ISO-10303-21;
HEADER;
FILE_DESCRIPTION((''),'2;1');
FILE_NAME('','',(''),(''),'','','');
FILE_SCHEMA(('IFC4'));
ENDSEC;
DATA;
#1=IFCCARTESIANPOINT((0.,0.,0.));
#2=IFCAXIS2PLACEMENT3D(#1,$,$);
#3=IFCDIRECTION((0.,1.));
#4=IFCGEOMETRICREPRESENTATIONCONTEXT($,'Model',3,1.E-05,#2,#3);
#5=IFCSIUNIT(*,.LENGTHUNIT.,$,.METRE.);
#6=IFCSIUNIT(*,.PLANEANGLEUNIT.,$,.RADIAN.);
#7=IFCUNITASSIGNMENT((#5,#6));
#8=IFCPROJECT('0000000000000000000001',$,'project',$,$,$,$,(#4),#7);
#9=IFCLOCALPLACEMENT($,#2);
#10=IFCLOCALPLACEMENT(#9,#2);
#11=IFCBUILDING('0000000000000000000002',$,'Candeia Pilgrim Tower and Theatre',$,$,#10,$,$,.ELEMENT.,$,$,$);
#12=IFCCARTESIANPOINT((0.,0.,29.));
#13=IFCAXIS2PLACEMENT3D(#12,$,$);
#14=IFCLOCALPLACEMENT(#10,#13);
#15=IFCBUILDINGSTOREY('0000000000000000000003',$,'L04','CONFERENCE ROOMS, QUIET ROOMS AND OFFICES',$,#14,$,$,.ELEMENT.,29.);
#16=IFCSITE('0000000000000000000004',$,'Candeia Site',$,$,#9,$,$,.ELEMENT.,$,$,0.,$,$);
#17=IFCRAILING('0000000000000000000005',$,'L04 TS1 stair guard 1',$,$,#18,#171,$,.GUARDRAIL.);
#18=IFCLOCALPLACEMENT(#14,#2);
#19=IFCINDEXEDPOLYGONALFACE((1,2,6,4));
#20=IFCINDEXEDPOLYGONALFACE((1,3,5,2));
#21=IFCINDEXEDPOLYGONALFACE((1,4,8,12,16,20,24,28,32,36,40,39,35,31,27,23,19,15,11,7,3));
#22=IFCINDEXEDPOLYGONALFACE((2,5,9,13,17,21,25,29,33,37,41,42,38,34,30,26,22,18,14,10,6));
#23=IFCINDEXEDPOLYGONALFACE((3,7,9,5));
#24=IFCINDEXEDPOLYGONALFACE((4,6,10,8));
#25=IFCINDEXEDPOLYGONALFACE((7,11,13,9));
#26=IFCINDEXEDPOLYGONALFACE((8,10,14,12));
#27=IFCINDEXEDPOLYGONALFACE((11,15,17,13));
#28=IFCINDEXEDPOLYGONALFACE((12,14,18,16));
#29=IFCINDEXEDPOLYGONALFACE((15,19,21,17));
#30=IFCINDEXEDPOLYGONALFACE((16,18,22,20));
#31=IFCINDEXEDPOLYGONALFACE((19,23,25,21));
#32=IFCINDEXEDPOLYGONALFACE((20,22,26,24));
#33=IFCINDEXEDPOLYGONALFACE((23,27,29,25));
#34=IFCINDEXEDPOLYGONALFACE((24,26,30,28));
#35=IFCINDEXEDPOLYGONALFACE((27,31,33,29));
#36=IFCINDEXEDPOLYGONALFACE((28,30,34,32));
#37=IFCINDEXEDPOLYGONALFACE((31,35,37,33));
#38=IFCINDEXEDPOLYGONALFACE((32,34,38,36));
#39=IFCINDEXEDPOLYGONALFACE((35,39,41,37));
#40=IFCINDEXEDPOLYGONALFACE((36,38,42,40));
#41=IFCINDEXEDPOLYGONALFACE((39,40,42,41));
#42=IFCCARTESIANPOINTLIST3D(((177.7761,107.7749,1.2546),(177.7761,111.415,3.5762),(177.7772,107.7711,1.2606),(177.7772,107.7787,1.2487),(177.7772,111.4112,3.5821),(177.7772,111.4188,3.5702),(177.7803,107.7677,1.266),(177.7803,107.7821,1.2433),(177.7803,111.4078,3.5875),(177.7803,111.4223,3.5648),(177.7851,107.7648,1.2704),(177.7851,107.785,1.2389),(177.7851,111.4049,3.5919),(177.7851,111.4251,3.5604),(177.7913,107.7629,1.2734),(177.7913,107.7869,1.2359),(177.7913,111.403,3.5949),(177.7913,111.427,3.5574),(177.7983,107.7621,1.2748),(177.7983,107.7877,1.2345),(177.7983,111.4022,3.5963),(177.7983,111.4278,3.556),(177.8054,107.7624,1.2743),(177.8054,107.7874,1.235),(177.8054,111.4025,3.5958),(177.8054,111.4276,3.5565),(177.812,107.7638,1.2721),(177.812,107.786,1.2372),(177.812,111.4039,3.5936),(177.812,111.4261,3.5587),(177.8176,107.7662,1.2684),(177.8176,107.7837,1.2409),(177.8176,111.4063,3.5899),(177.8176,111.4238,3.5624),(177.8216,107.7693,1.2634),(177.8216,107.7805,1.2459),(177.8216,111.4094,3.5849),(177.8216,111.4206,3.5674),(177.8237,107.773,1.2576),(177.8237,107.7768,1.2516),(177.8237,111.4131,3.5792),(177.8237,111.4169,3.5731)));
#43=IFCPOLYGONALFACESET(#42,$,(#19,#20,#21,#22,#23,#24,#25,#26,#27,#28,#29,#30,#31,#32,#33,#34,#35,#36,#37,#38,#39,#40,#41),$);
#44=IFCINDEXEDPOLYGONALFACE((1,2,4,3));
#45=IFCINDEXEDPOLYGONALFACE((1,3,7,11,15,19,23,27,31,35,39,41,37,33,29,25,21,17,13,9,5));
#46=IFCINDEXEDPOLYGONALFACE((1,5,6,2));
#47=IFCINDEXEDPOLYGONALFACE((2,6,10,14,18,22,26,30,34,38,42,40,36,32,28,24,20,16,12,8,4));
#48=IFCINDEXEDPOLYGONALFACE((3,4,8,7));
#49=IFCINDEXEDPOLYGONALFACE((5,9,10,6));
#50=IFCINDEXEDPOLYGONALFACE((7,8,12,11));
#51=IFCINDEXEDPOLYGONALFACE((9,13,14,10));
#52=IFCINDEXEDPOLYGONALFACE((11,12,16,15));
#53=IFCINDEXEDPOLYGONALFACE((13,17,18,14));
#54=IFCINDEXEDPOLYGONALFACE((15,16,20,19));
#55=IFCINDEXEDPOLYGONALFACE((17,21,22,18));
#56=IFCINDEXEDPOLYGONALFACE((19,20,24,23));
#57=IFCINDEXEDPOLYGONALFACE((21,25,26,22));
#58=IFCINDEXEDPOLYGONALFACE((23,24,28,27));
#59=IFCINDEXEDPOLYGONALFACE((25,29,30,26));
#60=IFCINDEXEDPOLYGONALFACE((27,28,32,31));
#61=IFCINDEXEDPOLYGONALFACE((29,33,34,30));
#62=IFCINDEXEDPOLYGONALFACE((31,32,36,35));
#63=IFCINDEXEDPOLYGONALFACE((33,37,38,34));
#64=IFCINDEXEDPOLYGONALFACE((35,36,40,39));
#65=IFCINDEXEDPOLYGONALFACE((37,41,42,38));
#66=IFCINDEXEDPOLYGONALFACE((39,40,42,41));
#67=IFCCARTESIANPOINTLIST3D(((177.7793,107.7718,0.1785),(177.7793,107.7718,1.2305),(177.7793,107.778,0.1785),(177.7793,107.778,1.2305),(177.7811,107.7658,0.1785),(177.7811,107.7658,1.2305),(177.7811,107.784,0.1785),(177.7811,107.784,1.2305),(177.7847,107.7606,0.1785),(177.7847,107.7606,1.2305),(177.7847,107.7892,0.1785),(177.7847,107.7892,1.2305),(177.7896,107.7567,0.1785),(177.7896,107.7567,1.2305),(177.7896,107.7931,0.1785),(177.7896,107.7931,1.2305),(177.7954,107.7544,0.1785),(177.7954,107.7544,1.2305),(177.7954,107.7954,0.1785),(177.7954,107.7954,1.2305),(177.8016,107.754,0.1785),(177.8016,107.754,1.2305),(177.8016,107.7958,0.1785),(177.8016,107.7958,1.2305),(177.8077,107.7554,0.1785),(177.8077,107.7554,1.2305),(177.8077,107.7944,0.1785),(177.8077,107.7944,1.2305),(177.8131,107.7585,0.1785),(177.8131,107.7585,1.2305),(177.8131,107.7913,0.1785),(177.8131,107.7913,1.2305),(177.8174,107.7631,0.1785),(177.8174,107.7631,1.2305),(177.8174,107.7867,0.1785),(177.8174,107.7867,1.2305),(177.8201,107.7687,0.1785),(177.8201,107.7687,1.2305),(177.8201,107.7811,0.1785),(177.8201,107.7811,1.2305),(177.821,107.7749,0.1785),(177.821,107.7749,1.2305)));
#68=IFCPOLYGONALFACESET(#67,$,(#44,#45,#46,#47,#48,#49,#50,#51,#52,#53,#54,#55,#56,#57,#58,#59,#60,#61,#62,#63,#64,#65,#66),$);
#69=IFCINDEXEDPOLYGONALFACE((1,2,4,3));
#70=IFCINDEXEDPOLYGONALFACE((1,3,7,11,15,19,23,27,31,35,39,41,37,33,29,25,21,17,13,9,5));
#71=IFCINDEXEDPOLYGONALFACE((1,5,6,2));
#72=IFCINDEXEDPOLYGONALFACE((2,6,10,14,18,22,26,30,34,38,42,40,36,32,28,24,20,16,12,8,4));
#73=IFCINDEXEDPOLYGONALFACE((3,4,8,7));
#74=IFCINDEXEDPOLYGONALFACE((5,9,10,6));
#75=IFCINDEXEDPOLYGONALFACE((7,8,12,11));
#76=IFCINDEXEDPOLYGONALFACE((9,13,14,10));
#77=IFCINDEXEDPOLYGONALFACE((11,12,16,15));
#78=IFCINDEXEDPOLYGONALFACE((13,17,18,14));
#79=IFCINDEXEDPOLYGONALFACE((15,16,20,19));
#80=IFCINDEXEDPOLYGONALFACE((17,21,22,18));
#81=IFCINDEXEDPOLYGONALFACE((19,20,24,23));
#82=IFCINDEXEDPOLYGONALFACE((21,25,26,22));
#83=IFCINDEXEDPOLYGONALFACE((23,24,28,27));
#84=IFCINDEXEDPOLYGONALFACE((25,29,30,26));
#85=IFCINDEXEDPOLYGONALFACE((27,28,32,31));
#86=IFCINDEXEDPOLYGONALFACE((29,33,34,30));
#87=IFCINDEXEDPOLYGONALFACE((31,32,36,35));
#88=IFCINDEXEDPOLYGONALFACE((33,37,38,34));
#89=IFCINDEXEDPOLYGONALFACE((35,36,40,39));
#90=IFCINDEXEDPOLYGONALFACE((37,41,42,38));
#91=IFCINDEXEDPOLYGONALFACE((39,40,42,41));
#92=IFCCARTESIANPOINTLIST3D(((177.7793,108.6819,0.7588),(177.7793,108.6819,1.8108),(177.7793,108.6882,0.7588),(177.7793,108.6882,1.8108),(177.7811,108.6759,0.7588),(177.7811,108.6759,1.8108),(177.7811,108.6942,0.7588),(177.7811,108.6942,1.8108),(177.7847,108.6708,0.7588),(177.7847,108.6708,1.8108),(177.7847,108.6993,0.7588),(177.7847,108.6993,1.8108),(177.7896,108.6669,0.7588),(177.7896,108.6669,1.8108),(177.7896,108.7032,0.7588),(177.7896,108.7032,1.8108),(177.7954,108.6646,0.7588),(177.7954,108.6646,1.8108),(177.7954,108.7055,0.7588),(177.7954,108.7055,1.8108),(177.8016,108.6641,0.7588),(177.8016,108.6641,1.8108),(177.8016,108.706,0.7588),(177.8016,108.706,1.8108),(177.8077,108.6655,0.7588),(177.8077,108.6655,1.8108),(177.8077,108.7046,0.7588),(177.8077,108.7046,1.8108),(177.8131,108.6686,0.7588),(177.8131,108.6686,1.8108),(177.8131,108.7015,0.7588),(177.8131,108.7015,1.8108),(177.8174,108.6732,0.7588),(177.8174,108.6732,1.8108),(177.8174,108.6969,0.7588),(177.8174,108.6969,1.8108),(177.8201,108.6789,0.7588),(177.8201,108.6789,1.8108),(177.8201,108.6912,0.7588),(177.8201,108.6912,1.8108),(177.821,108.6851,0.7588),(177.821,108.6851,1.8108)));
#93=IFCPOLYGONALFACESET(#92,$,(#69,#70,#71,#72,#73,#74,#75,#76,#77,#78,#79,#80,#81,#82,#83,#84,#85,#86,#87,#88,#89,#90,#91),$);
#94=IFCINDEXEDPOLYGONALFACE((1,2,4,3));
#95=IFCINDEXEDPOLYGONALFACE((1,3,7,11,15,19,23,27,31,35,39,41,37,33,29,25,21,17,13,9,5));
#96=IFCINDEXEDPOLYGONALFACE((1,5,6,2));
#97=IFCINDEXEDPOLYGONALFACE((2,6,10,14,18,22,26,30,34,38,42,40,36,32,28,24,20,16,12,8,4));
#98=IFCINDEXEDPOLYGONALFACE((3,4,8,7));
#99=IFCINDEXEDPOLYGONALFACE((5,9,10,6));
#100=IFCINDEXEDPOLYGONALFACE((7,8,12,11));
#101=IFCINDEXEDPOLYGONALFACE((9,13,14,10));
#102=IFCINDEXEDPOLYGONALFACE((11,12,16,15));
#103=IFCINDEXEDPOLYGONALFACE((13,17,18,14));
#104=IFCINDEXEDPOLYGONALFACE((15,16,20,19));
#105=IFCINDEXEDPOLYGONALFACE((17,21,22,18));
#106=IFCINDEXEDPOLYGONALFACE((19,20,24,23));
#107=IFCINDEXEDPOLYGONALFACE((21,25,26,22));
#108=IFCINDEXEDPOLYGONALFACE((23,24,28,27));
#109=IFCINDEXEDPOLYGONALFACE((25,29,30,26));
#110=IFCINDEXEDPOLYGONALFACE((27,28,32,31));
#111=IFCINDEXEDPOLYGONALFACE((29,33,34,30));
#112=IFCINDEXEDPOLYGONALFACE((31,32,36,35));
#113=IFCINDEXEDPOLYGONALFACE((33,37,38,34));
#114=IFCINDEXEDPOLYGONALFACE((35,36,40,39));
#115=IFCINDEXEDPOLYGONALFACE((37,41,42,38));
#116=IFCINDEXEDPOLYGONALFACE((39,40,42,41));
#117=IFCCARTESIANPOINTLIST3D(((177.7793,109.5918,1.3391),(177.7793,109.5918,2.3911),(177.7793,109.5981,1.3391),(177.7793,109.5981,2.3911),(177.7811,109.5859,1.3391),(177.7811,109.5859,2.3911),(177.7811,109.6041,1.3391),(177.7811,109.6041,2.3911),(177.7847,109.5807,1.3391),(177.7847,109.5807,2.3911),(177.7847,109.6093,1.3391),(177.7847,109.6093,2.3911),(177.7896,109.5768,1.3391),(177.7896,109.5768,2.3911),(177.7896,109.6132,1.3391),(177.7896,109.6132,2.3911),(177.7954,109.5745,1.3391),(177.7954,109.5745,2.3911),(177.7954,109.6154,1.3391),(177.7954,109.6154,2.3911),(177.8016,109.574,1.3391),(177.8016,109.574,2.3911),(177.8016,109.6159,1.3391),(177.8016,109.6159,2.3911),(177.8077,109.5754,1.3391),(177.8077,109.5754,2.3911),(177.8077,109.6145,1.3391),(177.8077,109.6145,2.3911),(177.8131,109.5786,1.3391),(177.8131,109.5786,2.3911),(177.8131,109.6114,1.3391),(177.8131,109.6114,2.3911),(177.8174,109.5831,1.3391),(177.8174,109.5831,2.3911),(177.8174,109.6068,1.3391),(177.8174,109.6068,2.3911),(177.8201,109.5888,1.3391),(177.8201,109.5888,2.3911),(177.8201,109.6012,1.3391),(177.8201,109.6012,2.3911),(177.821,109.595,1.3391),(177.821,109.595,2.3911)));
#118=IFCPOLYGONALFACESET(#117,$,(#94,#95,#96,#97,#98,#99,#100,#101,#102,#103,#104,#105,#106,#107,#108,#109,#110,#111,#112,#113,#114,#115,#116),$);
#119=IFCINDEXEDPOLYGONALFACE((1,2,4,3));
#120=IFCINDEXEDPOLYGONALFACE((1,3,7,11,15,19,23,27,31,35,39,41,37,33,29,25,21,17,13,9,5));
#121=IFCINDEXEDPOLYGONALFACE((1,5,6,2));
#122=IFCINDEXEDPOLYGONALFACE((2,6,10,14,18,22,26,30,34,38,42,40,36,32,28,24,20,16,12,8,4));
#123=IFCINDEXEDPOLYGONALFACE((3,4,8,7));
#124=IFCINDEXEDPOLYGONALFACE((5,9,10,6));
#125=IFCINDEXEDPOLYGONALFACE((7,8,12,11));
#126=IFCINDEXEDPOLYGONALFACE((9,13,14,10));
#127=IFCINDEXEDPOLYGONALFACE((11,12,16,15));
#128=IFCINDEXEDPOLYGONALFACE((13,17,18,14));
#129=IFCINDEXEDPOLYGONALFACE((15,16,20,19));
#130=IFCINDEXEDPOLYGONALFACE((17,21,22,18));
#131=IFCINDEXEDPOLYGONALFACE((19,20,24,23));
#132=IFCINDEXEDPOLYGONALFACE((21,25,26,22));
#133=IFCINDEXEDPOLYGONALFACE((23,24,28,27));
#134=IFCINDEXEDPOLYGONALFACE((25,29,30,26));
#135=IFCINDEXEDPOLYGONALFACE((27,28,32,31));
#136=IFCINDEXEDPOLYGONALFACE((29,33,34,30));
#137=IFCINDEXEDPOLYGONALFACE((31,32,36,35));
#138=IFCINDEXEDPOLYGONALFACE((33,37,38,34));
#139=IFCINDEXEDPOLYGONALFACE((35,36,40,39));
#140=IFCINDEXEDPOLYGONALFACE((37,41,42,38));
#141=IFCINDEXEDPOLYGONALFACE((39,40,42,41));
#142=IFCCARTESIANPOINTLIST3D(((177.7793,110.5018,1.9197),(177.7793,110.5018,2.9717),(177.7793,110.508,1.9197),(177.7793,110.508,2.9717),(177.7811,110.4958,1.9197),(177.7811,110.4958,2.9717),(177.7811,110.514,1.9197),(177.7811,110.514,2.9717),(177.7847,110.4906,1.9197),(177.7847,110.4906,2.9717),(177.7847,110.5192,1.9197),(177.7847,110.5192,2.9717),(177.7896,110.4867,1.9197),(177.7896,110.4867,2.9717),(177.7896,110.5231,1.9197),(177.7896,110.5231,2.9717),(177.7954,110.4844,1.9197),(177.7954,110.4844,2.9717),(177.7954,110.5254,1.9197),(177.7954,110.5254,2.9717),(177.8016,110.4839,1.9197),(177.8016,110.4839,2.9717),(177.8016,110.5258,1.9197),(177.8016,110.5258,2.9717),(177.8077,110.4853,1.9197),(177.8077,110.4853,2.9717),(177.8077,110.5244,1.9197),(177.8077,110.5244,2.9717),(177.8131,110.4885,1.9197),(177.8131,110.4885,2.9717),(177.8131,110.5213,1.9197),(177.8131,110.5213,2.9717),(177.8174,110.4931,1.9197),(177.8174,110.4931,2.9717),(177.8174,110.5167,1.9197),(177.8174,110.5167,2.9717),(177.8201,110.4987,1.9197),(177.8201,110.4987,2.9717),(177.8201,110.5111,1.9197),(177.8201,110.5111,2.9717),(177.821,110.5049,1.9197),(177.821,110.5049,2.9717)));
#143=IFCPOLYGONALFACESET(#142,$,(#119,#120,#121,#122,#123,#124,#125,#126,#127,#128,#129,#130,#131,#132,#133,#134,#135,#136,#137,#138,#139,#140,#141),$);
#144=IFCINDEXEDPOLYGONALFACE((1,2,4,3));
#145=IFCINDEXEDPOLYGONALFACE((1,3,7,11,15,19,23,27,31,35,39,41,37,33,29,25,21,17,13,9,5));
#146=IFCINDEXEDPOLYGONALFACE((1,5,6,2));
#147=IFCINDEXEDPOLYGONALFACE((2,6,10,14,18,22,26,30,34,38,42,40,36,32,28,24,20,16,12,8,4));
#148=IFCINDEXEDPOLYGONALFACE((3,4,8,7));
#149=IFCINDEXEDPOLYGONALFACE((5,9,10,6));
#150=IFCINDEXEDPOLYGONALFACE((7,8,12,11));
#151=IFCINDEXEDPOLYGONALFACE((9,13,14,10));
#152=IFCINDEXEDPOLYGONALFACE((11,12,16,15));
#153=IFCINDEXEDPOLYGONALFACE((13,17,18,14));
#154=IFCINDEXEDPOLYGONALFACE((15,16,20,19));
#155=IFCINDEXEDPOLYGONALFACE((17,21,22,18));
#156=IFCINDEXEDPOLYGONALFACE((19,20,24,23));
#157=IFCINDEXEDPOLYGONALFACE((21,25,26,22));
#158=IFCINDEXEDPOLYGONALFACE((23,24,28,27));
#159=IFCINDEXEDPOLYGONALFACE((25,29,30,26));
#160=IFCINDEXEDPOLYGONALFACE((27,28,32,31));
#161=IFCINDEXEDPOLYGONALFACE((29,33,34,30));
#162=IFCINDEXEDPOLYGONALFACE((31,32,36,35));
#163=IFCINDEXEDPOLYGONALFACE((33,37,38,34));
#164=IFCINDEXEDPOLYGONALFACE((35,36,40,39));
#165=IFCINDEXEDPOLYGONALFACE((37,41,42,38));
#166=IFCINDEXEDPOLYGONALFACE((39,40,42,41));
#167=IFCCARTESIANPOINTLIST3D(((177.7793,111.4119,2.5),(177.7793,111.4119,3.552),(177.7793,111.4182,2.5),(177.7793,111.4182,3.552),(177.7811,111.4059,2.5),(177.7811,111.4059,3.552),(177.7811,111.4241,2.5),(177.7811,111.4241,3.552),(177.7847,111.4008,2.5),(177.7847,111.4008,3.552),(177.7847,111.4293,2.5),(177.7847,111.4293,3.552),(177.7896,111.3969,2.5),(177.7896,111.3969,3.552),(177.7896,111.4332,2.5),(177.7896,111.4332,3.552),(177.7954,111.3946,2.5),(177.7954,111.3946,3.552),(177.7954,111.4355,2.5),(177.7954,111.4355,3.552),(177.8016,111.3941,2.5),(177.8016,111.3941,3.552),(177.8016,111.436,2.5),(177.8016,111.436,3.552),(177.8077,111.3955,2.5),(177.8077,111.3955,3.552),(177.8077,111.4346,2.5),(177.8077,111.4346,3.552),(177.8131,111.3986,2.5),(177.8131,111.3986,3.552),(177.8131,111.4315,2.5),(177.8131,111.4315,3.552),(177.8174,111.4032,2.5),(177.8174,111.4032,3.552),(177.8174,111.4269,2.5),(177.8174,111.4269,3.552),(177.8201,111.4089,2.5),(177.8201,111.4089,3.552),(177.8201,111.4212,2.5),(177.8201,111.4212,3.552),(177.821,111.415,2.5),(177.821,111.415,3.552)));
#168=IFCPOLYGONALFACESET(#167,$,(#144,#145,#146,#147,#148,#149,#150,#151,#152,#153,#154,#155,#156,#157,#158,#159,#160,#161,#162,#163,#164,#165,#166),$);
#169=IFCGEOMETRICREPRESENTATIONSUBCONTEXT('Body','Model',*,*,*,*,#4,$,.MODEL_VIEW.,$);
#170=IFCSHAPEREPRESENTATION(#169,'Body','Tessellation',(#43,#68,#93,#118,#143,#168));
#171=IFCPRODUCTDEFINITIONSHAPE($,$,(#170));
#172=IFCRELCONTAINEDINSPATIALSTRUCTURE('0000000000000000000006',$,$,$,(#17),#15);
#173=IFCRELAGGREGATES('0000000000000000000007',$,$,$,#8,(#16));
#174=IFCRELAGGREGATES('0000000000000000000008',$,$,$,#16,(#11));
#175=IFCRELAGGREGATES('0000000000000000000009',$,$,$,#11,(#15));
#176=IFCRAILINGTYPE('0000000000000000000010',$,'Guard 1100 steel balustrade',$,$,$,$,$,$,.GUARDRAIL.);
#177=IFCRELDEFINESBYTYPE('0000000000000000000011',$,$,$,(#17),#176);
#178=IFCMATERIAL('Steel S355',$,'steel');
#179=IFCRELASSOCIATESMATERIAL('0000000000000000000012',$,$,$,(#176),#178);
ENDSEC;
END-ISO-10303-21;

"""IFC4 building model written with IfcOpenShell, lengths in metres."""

from ifc_helpers import new_model, si_unit, direction, frame, origin, origin_2d, place, context, subcontext, project, spatial, circle, extrude, material, type_object, element, save


model = new_model("IFC4")

# Units and contexts
model_context = context("Model", 3, precision=1e-05, world=origin(), true_north=direction((0.0, 1.0)))
body_context = subcontext(model_context, "Body", "Model", "MODEL_VIEW")
ifc_project = project(units=[si_unit("LENGTHUNIT", "METRE"), si_unit("PLANEANGLEUNIT", "RADIAN")], contexts=[model_context])

# Site, building, storey
site_placement = place(None, origin())
site = spatial("IfcSite", under=ifc_project, at=site_placement, Name="Candeia Site", CompositionType="ELEMENT", RefElevation=0.0)
building_placement = place(site_placement, origin())
building = spatial("IfcBuilding", under=site, at=building_placement, Name="Candeia Pilgrim Tower and Theatre", CompositionType="ELEMENT")
storey_placement = place(building_placement, frame((0.0, 0.0, 29.0)))
storey = spatial("IfcBuildingStorey", under=building, at=storey_placement, Name="L04", Description="CONFERENCE ROOMS, QUIET ROOMS AND OFFICES", CompositionType="ELEMENT", Elevation=29.0)

# Railing
ifc_material_1 = material(Name="Steel S355", Category="steel")
railing_type_1 = type_object("IfcRailingType", Name="Guard 1100 steel balustrade", PredefinedType="GUARDRAIL", material=ifc_material_1)
railing_1_placement = place(storey_placement, frame((177.8, 107.7749, 0.1785)))
element("IfcRailing", 1, at=railing_1_placement, inside=storey, type_object=railing_type_1, Name="L04 TS1 stair guard 1", PredefinedType="GUARDRAIL", context=body_context, shape_type="SweptSolid", body=[
    extrude(circle(Radius=0.0239, at=origin_2d()), frame((0.0, 0.0, 1.0762), z_axis=(0.0, 0.843128, 0.537713), x_axis=(-1.0, 0.0, 0.0)), (0.0, 0.0, 1.0), 4.3174),
    extrude(circle(Radius=0.021, at=origin_2d()), origin(), (0.0, 0.0, 1.0), 1.052),
    extrude(circle(Radius=0.021, at=origin_2d()), frame((0.0, 0.9102, 0.5803)), (0.0, 0.0, 1.0), 1.052),
    extrude(circle(Radius=0.021, at=origin_2d()), frame((0.0, 1.8201, 1.1606)), (0.0, 0.0, 1.0), 1.052),
    extrude(circle(Radius=0.021, at=origin_2d()), frame((0.0, 2.73, 1.7412)), (0.0, 0.0, 1.0), 1.052),
    extrude(circle(Radius=0.021, at=origin_2d()), frame((0.0, 3.6401, 2.3215)), (0.0, 0.0, 1.0), 1.052),
])

save(model, "model.ifc")
